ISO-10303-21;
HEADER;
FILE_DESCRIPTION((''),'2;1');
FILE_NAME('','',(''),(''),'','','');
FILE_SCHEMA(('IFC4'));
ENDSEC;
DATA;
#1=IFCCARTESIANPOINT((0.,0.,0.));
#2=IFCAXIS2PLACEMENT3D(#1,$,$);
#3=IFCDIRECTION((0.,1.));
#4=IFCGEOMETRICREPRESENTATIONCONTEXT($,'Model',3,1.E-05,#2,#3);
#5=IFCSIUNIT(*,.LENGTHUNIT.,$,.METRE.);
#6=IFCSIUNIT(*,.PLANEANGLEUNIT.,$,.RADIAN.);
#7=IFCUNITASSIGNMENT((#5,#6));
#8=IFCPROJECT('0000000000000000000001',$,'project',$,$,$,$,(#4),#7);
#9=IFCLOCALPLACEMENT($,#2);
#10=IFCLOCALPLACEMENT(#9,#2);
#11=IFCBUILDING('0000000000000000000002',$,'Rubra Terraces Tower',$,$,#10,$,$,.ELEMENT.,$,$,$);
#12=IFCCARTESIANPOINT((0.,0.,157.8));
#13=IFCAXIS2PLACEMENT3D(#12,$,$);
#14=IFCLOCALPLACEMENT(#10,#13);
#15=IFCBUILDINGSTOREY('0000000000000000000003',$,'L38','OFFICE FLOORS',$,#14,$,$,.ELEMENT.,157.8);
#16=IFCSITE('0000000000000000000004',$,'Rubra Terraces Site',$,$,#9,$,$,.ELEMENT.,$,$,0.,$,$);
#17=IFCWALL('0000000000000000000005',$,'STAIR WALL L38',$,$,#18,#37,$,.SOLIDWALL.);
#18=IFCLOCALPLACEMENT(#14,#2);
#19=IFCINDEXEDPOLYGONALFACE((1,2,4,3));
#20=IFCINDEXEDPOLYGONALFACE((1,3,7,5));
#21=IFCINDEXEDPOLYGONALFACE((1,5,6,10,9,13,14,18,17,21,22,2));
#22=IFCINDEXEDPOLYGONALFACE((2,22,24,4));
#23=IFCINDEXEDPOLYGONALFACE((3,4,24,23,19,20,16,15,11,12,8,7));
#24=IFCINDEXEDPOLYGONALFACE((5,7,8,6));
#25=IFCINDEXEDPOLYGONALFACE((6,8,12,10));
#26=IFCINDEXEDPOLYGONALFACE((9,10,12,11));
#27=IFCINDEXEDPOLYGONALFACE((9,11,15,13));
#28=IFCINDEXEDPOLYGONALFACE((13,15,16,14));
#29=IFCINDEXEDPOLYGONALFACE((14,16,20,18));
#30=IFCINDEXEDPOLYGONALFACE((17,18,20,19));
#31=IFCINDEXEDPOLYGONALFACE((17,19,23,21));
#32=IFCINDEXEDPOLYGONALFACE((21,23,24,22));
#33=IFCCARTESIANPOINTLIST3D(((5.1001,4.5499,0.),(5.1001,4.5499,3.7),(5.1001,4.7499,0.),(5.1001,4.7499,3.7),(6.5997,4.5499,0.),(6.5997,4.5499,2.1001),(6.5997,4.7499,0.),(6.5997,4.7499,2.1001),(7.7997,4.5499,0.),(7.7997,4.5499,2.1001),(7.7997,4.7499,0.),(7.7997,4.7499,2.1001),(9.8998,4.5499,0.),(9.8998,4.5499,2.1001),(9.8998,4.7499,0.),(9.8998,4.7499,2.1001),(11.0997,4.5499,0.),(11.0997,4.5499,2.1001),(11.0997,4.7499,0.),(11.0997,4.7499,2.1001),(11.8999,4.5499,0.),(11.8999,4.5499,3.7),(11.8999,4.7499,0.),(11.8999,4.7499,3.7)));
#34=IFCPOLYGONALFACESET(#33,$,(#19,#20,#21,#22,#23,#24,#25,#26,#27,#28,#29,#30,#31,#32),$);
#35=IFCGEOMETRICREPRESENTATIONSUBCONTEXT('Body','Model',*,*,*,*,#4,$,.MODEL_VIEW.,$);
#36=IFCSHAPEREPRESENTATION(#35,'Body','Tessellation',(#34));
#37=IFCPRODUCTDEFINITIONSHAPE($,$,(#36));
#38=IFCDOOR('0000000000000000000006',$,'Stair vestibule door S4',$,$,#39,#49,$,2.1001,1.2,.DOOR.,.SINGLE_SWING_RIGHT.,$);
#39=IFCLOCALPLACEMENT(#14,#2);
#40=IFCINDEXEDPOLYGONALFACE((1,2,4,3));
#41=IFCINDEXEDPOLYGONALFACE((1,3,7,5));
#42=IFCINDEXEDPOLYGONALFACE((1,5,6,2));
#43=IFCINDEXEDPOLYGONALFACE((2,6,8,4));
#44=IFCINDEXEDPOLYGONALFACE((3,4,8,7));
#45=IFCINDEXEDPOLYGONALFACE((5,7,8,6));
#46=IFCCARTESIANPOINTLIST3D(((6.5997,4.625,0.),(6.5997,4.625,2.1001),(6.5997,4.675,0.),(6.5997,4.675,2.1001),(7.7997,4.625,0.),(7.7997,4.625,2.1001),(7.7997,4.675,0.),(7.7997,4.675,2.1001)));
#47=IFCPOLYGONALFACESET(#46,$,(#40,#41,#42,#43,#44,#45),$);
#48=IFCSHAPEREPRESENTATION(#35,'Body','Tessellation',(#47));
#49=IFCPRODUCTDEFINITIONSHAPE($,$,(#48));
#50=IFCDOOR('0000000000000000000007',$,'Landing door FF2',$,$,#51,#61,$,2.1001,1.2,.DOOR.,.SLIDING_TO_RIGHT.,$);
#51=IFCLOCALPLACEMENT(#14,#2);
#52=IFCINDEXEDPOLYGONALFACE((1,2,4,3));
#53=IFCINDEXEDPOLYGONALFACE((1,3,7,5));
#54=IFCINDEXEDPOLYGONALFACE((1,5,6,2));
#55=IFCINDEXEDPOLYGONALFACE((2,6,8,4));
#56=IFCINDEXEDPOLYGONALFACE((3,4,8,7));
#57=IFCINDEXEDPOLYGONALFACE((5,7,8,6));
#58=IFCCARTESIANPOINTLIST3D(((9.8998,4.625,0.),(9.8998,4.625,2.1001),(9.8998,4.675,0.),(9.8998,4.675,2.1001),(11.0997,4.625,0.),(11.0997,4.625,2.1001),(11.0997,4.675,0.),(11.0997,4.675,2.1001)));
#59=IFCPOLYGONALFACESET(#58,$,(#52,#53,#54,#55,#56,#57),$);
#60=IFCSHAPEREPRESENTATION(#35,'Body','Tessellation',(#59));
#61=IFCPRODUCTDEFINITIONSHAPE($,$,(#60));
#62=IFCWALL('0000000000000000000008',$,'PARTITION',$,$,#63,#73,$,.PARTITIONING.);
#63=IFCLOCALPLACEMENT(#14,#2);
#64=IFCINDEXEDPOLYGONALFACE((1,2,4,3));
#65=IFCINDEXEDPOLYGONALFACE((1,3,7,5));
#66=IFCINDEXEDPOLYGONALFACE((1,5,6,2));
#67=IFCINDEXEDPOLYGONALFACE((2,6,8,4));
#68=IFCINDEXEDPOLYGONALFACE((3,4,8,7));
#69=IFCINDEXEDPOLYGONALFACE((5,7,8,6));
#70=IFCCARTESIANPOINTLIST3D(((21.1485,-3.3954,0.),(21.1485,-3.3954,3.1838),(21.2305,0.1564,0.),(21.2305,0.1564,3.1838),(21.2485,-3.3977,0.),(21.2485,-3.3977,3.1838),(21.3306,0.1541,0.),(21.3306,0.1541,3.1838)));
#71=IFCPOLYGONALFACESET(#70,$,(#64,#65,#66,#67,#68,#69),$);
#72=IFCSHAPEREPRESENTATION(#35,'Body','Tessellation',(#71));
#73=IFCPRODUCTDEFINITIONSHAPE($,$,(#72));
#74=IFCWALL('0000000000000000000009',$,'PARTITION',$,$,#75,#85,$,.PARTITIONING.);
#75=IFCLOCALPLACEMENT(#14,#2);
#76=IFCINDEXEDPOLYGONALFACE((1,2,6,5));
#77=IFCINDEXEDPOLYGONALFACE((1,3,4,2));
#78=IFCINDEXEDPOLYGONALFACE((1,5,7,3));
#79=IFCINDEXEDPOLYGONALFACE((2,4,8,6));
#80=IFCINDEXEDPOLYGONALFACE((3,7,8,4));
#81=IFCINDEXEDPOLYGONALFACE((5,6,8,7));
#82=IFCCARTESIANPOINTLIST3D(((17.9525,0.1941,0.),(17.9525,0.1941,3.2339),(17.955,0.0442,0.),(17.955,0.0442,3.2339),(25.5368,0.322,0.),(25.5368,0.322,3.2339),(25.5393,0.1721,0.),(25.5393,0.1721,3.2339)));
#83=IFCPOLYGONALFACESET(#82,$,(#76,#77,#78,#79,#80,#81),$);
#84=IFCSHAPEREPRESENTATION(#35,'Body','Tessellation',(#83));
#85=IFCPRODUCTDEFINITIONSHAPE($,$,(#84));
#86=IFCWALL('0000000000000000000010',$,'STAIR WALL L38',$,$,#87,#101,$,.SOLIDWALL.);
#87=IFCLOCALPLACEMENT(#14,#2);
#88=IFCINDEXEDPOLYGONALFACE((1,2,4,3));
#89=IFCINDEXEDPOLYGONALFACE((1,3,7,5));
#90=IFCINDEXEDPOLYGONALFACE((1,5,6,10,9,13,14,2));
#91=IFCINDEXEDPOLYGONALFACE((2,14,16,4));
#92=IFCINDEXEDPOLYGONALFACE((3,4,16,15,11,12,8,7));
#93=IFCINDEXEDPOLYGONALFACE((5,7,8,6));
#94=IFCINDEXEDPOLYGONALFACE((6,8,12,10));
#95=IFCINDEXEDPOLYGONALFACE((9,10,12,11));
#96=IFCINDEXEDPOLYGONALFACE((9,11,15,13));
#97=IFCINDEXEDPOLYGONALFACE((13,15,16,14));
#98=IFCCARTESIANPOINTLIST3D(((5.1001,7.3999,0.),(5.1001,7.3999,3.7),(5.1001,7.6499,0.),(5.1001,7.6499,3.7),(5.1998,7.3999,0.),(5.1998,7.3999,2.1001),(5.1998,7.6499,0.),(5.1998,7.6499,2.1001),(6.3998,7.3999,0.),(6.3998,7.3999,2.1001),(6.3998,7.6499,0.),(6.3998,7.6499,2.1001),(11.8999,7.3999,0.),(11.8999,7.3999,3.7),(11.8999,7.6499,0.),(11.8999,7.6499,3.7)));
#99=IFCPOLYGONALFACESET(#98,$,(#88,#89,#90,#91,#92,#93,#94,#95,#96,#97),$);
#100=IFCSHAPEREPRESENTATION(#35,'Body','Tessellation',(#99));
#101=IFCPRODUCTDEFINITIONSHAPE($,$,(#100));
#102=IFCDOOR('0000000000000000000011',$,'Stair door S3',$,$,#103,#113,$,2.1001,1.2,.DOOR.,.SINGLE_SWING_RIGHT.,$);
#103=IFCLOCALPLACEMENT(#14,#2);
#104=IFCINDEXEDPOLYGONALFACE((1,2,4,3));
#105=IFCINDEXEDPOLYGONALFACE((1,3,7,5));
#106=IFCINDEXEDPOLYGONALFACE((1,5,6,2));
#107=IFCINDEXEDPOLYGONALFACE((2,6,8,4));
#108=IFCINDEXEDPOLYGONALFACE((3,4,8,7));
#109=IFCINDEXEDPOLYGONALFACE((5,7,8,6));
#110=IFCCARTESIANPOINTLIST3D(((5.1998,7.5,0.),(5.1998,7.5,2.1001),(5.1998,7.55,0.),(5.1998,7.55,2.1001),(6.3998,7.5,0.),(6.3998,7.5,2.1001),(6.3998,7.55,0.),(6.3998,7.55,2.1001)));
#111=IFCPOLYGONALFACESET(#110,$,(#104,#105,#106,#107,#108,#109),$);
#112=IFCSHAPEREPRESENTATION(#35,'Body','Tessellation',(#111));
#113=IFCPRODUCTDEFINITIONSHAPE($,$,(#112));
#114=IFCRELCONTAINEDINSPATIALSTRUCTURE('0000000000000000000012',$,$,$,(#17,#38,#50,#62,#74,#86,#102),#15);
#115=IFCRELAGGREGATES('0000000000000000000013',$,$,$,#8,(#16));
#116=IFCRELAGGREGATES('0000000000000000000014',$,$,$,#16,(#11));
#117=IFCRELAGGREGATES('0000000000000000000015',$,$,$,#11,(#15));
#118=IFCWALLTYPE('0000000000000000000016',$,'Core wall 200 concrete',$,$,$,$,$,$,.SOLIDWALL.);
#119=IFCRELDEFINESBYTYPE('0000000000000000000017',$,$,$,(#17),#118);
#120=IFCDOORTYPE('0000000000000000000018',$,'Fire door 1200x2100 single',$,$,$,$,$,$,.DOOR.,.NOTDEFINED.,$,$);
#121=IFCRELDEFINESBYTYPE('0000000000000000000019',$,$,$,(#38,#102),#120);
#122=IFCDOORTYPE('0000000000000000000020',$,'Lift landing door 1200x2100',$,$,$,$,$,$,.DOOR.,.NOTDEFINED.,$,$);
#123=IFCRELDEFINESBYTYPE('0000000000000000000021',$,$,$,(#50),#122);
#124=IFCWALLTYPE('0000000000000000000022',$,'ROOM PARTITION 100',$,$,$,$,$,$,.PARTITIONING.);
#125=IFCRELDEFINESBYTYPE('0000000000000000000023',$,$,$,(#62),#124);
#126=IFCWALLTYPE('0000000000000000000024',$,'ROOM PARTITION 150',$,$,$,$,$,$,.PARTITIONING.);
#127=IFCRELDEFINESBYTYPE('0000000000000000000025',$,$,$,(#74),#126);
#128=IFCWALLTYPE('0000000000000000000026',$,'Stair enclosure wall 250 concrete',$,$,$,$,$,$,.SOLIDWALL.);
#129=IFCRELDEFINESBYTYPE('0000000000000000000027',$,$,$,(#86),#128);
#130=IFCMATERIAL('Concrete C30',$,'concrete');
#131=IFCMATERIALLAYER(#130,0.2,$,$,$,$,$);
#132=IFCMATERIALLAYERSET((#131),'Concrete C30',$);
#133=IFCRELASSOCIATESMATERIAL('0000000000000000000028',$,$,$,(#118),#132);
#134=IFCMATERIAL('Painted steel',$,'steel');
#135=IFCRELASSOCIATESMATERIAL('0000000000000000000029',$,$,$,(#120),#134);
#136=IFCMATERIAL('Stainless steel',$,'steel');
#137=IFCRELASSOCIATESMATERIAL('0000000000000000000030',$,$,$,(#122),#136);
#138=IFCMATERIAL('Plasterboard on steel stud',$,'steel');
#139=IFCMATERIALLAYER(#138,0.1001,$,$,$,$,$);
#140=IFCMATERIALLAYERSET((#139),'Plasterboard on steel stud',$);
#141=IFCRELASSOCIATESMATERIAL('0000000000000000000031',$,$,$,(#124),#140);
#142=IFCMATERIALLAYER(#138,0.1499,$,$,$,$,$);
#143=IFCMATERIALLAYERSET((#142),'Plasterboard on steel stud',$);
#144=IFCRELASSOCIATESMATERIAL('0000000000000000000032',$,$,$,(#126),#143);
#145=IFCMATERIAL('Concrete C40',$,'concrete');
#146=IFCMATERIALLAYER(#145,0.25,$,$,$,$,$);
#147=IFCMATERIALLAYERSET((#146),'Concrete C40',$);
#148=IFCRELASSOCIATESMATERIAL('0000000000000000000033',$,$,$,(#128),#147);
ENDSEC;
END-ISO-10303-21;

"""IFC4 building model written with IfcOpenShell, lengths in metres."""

from ifc_helpers import new_model, si_unit, direction, frame, frame_2d, origin, place, context, subcontext, project, spatial, rectangle, extrude, material, layer, layer_set, type_object, element, fill, save


model = new_model("IFC4")

# Units and contexts
model_context = context("Model", 3, precision=1e-05, world=origin(), true_north=direction((0.0, 1.0)))
body_context = subcontext(model_context, "Body", "Model", "MODEL_VIEW")
ifc_project = project(units=[si_unit("LENGTHUNIT", "METRE"), si_unit("PLANEANGLEUNIT", "RADIAN")], contexts=[model_context])

# Site, building, storey
site_placement = place(None, origin())
site = spatial("IfcSite", under=ifc_project, at=site_placement, Name="Rubra Terraces Site", CompositionType="ELEMENT", RefElevation=0.0)
building_placement = place(site_placement, origin())
building = spatial("IfcBuilding", under=site, at=building_placement, Name="Rubra Terraces Tower", CompositionType="ELEMENT")
storey_placement = place(building_placement, frame((0.0, 0.0, 157.8)))
storey = spatial("IfcBuildingStorey", under=building, at=storey_placement, Name="L38", Description="OFFICE FLOORS", CompositionType="ELEMENT", Elevation=157.8)

# Wall, openings, doors
ifc_material_1 = material(Name="Concrete C30", Category="concrete")
ifc_layer_1 = layer(ifc_material_1, 0.2)
ifc_layer_set_1 = layer_set([ifc_layer_1], Name="Concrete C30")
wall_type_1 = type_object("IfcWallType", Name="Core wall 200 concrete", PredefinedType="SOLIDWALL", material=ifc_layer_set_1)
wall_1_placement = place(storey_placement, frame((11.8999, 4.6499, 0.0), z_axis=(0.0, 0.0, 1.0), x_axis=(-1.0, 0.0, 0.0)))
wall_1 = element("IfcWall", 1, at=wall_1_placement, inside=storey, type_object=wall_type_1, Name="STAIR WALL L38", PredefinedType="SOLIDWALL", context=body_context, shape_type="SweptSolid", body=[
    extrude(rectangle(XDim=6.7998, YDim=0.2, at=frame_2d((3.3999, 0.0))), origin(), (0.0, 0.0, 1.0), 3.7),
])
opening_1_placement = place(wall_1_placement, frame((4.1001, 0.0, 0.0)))
opening_1 = element("IfcOpeningElement", 2, at=opening_1_placement, cuts=wall_1, PredefinedType="OPENING", context=body_context, shape_type="SweptSolid", body=[
    extrude(rectangle(XDim=1.2, YDim=2.1001, at=frame_2d((0.6001, 1.05))), frame((0.0, 0.1099, 0.0), z_axis=(0.0, -1.0, 0.0), x_axis=(1.0, 0.0, 0.0)), (0.0, 0.0, 1.0), 0.22),
])
opening_2_placement = place(wall_1_placement, frame((0.8, 0.0, 0.0)))
opening_2 = element("IfcOpeningElement", 3, at=opening_2_placement, cuts=wall_1, PredefinedType="OPENING", context=body_context, shape_type="SweptSolid", body=[
    extrude(rectangle(XDim=1.2, YDim=2.1001, at=frame_2d((0.6001, 1.05))), frame((0.0, 0.1099, 0.0), z_axis=(0.0, -1.0, 0.0), x_axis=(1.0, 0.0, 0.0)), (0.0, 0.0, 1.0), 0.22),
])
ifc_material_2 = material(Name="Painted steel", Category="steel")
door_type_1 = type_object("IfcDoorType", Name="Fire door 1200x2100 single", OperationType="NOTDEFINED", PredefinedType="DOOR", material=ifc_material_2)
door_1_placement = place(opening_1_placement, origin())
door_1 = element("IfcDoor", 4, at=door_1_placement, inside=storey, type_object=door_type_1, Name="Stair vestibule door S4", OperationType="SINGLE_SWING_RIGHT", OverallHeight=2.1001, OverallWidth=1.2, PredefinedType="DOOR", context=body_context, shape_type="SweptSolid", body=[
    extrude(rectangle(XDim=1.2, YDim=2.1001, at=frame_2d((0.6001, 1.05))), frame((0.0, 0.0249, 0.0), z_axis=(0.0, -1.0, 0.0), x_axis=(1.0, 0.0, 0.0)), (0.0, 0.0, 1.0), 0.05),
])
fill(opening_1, door_1)
ifc_material_3 = material(Name="Stainless steel", Category="steel")
door_type_2 = type_object("IfcDoorType", Name="Lift landing door 1200x2100", OperationType="NOTDEFINED", PredefinedType="DOOR", material=ifc_material_3)
door_2_placement = place(opening_2_placement, origin())
door_2 = element("IfcDoor", 5, at=door_2_placement, inside=storey, type_object=door_type_2, Name="Landing door FF2", OperationType="SLIDING_TO_RIGHT", OverallHeight=2.1001, OverallWidth=1.2, PredefinedType="DOOR", context=body_context, shape_type="SweptSolid", body=[
    extrude(rectangle(XDim=1.2, YDim=2.1001, at=frame_2d((0.6001, 1.05))), frame((0.0, 0.0249, 0.0), z_axis=(0.0, -1.0, 0.0), x_axis=(1.0, 0.0, 0.0)), (0.0, 0.0, 1.0), 0.05),
])
fill(opening_2, door_2)

# Walls
ifc_material_4 = material(Name="Plasterboard on steel stud", Category="steel")
ifc_layer_2 = layer(ifc_material_4, 0.1001)
ifc_layer_set_2 = layer_set([ifc_layer_2], Name="Plasterboard on steel stud")
wall_type_2 = type_object("IfcWallType", Name="ROOM PARTITION 100", PredefinedType="PARTITIONING", material=ifc_layer_set_2)
wall_2_placement = place(storey_placement, frame((21.2805, 0.1553, 0.0), z_axis=(0.0, 0.0, 1.0), x_axis=(-0.02309, -0.999733, 0.0)))
element("IfcWall", 6, at=wall_2_placement, inside=storey, type_object=wall_type_2, Name="PARTITION", PredefinedType="PARTITIONING", context=body_context, shape_type="SweptSolid", body=[
    extrude(rectangle(XDim=3.5527, YDim=0.1001, at=frame_2d((1.7764, 0.0))), origin(), (0.0, 0.0, 1.0), 3.1838),
])
ifc_layer_3 = layer(ifc_material_4, 0.1499)
ifc_layer_set_3 = layer_set([ifc_layer_3], Name="Plasterboard on steel stud")
wall_type_3 = type_object("IfcWallType", Name="ROOM PARTITION 150", PredefinedType="PARTITIONING", material=ifc_layer_set_3)
wall_3_placement = place(storey_placement, frame((25.5381, 0.2471, 0.0), z_axis=(0.0, 0.0, 1.0), x_axis=(-0.999858, -0.016865, 0.0)))
element("IfcWall", 7, at=wall_3_placement, inside=storey, type_object=wall_type_3, Name="PARTITION", PredefinedType="PARTITIONING", context=body_context, shape_type="SweptSolid", body=[
    extrude(rectangle(XDim=7.5854, YDim=0.1499, at=frame_2d((3.7927, 0.0))), origin(), (0.0, 0.0, 1.0), 3.2339),
])

# Wall, opening, door
ifc_material_5 = material(Name="Concrete C40", Category="concrete")
ifc_layer_4 = layer(ifc_material_5, 0.25)
ifc_layer_set_4 = layer_set([ifc_layer_4], Name="Concrete C40")
wall_type_4 = type_object("IfcWallType", Name="Stair enclosure wall 250 concrete", PredefinedType="SOLIDWALL", material=ifc_layer_set_4)
wall_4_placement = place(storey_placement, frame((11.8999, 7.5249, 0.0), z_axis=(0.0, 0.0, 1.0), x_axis=(-1.0, 0.0, 0.0)))
wall_4 = element("IfcWall", 8, at=wall_4_placement, inside=storey, type_object=wall_type_4, Name="STAIR WALL L38", PredefinedType="SOLIDWALL", context=body_context, shape_type="SweptSolid", body=[
    extrude(rectangle(XDim=6.7998, YDim=0.25, at=frame_2d((3.3999, 0.0))), origin(), (0.0, 0.0, 1.0), 3.7),
])
opening_3_placement = place(wall_4_placement, frame((5.5, 0.0, 0.0)))
opening_3 = element("IfcOpeningElement", 9, at=opening_3_placement, cuts=wall_4, PredefinedType="OPENING", context=body_context, shape_type="SweptSolid", body=[
    extrude(rectangle(XDim=1.2, YDim=2.1001, at=frame_2d((0.6001, 1.05))), frame((0.0, 0.135, 0.0), z_axis=(0.0, -1.0, 0.0), x_axis=(1.0, 0.0, 0.0)), (0.0, 0.0, 1.0), 0.27),
])
door_3_placement = place(opening_3_placement, origin())
door_3 = element("IfcDoor", 10, at=door_3_placement, inside=storey, type_object=door_type_1, Name="Stair door S3", OperationType="SINGLE_SWING_RIGHT", OverallHeight=2.1001, OverallWidth=1.2, PredefinedType="DOOR", context=body_context, shape_type="SweptSolid", body=[
    extrude(rectangle(XDim=1.2, YDim=2.1001, at=frame_2d((0.6001, 1.05))), frame((0.0, 0.0249, 0.0), z_axis=(0.0, -1.0, 0.0), x_axis=(1.0, 0.0, 0.0)), (0.0, 0.0, 1.0), 0.05),
])
fill(opening_3, door_3)

save(model, "model.ifc")
